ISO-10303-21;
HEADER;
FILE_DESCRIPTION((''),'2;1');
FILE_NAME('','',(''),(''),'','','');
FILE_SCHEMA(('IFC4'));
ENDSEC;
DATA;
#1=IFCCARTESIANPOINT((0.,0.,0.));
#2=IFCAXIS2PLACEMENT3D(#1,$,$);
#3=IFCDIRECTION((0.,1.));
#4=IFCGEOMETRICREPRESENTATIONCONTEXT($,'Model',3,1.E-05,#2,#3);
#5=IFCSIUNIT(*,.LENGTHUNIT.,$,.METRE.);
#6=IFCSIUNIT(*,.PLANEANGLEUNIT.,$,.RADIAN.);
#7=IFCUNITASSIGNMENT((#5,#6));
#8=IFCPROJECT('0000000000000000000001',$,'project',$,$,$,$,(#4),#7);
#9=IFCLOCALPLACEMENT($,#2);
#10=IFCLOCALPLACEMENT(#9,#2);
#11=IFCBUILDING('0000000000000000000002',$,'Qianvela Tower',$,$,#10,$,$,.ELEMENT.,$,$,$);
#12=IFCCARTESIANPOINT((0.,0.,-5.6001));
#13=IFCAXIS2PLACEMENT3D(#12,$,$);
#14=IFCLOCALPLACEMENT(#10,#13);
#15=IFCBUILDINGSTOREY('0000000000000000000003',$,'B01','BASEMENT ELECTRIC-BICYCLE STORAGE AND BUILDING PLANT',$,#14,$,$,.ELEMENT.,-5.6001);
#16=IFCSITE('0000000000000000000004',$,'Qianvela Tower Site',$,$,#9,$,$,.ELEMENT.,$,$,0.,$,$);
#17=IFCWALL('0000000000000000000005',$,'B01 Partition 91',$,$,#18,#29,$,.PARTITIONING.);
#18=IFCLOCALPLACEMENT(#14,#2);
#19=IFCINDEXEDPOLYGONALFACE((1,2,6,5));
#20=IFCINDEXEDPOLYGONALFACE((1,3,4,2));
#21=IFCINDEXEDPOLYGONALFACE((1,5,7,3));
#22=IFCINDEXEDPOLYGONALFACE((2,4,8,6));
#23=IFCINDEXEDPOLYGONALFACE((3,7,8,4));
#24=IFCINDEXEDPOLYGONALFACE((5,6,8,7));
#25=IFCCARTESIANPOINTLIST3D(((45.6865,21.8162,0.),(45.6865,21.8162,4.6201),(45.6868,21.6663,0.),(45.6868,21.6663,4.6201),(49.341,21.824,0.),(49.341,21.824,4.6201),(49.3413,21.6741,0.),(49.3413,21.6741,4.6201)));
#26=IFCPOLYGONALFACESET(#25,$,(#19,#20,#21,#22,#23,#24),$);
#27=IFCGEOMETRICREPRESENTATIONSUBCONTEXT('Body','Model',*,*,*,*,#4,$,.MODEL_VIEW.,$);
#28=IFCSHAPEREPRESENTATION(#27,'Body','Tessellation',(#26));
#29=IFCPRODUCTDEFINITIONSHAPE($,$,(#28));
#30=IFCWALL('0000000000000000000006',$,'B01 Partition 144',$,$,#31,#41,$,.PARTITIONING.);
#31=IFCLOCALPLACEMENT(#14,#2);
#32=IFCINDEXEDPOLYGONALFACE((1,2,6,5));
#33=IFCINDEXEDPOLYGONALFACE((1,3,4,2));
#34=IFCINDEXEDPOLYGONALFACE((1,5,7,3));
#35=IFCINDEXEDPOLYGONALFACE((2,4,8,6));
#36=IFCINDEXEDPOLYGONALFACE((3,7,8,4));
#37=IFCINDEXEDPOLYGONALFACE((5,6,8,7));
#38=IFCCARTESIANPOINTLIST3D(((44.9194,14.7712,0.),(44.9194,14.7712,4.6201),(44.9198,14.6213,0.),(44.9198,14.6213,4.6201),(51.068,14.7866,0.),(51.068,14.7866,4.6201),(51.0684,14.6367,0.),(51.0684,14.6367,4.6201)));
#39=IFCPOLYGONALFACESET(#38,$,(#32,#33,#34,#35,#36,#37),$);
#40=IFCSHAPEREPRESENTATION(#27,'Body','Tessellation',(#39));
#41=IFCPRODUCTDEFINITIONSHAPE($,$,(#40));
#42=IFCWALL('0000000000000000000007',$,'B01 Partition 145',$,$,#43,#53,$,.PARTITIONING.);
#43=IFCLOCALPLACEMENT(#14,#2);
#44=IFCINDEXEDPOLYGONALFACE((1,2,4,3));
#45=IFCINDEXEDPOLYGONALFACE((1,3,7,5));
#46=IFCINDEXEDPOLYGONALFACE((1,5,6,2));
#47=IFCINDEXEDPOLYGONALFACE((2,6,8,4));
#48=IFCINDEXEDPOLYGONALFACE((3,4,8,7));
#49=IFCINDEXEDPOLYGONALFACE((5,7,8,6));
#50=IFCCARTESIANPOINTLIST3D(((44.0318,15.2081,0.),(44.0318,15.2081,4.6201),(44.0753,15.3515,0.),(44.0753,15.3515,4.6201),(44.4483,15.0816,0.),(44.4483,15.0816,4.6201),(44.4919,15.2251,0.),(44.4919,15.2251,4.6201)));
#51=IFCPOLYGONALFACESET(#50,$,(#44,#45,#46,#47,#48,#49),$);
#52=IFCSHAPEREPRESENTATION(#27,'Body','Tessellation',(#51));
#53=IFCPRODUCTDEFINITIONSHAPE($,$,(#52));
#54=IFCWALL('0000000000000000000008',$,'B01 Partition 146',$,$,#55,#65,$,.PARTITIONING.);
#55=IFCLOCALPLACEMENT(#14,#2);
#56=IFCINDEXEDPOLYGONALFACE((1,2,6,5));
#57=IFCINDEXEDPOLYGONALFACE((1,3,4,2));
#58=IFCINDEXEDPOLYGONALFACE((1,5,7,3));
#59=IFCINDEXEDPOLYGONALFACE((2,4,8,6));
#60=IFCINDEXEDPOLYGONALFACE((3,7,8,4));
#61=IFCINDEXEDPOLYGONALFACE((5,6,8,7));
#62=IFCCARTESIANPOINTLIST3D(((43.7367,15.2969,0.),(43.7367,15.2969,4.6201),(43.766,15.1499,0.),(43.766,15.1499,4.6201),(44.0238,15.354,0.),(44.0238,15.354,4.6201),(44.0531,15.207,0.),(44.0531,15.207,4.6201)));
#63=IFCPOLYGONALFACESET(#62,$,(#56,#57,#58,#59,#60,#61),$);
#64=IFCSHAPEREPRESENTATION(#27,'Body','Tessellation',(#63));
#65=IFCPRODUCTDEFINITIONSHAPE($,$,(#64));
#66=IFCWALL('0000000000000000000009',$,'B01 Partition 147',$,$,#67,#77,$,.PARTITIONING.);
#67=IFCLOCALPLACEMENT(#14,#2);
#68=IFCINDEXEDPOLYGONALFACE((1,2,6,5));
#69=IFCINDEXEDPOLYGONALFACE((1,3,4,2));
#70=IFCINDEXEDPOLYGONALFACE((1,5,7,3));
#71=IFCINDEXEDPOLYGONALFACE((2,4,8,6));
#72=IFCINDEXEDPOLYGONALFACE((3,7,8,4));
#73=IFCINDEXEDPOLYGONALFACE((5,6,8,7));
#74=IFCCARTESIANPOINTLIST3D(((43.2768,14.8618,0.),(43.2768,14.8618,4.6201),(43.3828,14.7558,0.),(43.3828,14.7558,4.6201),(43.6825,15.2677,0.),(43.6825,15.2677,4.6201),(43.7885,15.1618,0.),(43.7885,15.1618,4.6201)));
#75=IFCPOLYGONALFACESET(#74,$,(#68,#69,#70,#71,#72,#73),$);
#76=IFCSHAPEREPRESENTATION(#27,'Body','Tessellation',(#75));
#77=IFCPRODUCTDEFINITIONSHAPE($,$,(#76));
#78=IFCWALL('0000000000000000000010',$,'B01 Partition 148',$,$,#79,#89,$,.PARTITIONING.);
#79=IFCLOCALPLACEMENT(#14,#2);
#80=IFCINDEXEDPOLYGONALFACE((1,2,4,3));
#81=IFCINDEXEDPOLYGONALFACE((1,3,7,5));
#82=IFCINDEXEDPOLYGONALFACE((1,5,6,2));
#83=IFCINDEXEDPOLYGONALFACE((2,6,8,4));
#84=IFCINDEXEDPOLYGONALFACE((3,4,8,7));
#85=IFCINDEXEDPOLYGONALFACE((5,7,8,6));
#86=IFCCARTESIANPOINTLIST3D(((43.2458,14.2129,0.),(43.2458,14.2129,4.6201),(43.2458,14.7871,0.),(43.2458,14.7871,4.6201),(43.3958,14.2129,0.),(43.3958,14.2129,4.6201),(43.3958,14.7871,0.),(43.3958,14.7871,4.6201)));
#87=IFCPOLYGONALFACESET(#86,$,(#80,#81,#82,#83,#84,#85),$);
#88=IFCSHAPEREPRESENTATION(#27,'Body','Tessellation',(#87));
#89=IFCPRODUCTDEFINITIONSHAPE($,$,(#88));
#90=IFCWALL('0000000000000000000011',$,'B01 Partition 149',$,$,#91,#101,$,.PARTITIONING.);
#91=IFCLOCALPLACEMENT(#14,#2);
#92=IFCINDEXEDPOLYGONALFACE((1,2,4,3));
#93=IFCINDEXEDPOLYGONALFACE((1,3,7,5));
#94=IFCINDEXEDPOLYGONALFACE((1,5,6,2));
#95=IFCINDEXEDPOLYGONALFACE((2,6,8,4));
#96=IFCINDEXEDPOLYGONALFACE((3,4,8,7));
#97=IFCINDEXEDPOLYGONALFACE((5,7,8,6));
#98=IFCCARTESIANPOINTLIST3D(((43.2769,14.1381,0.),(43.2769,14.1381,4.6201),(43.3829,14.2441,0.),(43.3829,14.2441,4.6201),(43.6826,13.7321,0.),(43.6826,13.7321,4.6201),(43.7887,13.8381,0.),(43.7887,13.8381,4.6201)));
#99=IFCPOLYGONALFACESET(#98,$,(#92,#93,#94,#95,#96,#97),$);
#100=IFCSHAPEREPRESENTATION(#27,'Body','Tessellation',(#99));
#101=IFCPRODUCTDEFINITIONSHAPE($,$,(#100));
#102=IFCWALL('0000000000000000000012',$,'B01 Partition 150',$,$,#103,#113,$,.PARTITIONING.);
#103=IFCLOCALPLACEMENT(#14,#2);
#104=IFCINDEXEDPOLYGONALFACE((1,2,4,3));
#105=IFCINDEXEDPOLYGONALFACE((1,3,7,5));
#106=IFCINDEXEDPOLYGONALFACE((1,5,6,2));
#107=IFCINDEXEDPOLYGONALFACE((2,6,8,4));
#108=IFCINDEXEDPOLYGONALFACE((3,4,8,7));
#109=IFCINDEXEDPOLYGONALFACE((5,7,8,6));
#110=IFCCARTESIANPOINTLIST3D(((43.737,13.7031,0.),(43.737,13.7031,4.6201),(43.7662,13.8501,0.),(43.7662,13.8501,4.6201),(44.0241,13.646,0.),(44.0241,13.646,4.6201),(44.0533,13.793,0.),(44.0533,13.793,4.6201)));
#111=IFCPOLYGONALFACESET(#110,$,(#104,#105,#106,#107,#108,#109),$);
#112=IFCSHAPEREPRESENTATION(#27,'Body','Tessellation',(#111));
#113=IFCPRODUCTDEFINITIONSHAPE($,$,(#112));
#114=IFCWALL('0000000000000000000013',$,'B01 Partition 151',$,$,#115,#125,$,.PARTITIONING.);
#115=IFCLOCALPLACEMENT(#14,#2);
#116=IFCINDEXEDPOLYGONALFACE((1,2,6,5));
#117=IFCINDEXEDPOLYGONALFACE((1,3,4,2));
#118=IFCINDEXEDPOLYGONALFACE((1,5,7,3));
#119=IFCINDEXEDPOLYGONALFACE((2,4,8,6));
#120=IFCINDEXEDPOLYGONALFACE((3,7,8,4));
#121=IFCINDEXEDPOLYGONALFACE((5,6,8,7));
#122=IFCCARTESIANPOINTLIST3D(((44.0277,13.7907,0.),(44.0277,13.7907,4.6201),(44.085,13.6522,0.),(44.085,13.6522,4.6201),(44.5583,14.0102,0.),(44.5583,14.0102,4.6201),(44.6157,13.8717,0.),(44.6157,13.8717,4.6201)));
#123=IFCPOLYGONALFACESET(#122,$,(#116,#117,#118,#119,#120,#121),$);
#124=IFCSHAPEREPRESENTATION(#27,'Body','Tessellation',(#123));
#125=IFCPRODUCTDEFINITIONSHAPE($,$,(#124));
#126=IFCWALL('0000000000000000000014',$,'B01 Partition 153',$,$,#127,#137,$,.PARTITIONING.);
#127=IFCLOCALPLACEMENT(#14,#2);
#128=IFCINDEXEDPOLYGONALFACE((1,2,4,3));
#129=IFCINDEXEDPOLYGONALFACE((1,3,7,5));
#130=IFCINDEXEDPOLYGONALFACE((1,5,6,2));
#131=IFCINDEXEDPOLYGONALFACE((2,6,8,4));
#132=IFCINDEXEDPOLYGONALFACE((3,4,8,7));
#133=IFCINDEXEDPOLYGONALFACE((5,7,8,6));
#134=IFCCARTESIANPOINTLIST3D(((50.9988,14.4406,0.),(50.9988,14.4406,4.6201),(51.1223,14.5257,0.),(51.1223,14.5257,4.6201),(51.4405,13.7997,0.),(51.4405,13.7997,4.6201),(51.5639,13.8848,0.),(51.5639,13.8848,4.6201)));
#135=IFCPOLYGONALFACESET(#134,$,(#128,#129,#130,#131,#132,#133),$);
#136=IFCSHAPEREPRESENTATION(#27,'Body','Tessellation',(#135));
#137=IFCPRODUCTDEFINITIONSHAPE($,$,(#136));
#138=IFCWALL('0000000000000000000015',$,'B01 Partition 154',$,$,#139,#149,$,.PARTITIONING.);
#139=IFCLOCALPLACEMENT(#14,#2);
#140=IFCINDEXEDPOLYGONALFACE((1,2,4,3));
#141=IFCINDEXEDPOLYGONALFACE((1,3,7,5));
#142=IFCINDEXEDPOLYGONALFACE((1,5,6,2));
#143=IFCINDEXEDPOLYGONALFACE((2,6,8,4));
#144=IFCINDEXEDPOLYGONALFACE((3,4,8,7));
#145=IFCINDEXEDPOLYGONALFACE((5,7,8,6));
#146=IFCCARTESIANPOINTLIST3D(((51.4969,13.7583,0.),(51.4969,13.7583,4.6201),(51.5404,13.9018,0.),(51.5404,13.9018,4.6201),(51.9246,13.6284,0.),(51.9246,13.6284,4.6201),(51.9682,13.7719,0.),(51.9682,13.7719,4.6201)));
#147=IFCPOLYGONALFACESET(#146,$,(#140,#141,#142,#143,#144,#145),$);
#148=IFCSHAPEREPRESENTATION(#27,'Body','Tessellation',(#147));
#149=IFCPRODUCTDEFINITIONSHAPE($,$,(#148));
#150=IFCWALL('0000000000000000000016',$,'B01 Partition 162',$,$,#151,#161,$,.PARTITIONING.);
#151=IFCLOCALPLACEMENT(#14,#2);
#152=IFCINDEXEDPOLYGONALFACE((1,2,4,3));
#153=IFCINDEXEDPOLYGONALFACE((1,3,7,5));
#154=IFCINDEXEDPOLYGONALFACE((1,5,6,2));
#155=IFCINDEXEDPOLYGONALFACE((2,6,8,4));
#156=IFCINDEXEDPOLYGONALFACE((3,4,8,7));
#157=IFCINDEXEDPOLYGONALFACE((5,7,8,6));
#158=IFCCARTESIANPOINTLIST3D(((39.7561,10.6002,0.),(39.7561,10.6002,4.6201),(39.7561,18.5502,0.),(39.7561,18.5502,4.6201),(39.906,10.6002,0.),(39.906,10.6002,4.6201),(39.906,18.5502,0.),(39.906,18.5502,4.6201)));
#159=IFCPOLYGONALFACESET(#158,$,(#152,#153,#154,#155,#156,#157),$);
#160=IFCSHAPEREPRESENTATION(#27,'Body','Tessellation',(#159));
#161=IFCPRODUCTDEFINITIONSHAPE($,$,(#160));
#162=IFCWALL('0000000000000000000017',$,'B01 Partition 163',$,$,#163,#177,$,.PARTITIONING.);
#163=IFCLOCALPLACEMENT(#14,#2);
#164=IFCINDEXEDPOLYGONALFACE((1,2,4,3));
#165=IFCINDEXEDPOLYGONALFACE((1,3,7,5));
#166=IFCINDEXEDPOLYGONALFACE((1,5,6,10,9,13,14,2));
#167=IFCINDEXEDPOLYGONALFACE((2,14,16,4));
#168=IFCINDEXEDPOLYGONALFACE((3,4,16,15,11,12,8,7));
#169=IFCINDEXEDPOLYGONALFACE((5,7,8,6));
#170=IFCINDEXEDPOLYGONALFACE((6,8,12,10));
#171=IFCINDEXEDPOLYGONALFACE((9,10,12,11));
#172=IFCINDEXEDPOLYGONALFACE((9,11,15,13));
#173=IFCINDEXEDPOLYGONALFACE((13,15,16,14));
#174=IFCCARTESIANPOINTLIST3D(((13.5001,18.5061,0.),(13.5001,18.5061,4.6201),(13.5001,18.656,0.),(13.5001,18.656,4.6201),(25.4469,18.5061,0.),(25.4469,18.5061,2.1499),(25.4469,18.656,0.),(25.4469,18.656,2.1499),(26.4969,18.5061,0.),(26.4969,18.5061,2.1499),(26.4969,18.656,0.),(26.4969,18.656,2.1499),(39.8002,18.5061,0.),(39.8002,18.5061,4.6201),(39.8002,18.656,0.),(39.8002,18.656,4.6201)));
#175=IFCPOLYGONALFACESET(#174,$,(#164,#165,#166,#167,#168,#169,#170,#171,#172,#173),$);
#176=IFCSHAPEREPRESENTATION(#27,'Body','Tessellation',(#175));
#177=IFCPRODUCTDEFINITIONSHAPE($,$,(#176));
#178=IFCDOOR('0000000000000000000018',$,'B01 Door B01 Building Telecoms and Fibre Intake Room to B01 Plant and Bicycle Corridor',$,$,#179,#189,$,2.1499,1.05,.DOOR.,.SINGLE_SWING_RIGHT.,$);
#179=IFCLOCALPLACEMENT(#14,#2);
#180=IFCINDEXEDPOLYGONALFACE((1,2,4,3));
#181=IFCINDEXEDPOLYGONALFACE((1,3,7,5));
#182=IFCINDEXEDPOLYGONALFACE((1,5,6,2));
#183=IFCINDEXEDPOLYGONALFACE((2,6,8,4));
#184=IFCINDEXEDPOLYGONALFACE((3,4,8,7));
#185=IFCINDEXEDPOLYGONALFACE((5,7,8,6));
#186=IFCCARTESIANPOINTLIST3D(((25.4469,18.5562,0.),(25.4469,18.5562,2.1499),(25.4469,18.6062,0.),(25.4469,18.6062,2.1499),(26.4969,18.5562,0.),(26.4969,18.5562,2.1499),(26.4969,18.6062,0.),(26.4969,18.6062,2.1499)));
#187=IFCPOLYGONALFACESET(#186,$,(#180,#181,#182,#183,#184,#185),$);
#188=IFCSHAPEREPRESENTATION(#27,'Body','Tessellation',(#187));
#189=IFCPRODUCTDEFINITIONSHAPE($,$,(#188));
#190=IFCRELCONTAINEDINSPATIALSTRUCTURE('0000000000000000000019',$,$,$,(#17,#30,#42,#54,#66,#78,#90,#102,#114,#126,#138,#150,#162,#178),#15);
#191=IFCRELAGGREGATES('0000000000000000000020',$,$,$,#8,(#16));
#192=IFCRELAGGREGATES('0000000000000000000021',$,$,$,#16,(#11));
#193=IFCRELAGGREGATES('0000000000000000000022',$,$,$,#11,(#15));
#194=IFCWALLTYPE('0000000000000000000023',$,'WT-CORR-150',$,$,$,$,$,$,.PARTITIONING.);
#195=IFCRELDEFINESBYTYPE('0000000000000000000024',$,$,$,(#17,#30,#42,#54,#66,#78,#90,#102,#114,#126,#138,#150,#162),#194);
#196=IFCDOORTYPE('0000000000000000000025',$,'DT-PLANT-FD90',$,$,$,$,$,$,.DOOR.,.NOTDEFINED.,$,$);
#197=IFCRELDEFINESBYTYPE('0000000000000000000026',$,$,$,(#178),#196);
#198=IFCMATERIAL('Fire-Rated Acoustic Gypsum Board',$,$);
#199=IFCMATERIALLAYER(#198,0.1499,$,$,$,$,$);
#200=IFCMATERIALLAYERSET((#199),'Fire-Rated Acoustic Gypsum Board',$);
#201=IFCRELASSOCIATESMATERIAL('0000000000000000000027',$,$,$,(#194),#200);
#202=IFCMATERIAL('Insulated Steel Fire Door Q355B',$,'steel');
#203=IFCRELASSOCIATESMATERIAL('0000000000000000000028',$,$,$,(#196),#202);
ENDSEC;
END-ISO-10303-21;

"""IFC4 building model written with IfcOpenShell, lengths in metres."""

from ifc_helpers import new_model, si_unit, direction, frame, frame_2d, origin, place, context, subcontext, project, spatial, rectangle, extrude, material, layer, layer_set, type_object, element, fill, save


model = new_model("IFC4")

# Units and contexts
model_context = context("Model", 3, precision=1e-05, world=origin(), true_north=direction((0.0, 1.0)))
body_context = subcontext(model_context, "Body", "Model", "MODEL_VIEW")
ifc_project = project(units=[si_unit("LENGTHUNIT", "METRE"), si_unit("PLANEANGLEUNIT", "RADIAN")], contexts=[model_context])

# Site, building, storey
site_placement = place(None, origin())
site = spatial("IfcSite", under=ifc_project, at=site_placement, Name="Qianvela Tower Site", CompositionType="ELEMENT", RefElevation=0.0)
building_placement = place(site_placement, origin())
building = spatial("IfcBuilding", under=site, at=building_placement, Name="Qianvela Tower", CompositionType="ELEMENT")
storey_placement = place(building_placement, frame((0.0, 0.0, -5.6001)))
storey = spatial("IfcBuildingStorey", under=building, at=storey_placement, Name="B01", Description="BASEMENT ELECTRIC-BICYCLE STORAGE AND BUILDING PLANT", CompositionType="ELEMENT", Elevation=-5.6001)

# Walls
ifc_material_1 = material(Name="Fire-Rated Acoustic Gypsum Board")
ifc_layer = layer(ifc_material_1, 0.1499)
ifc_layer_set = layer_set([ifc_layer], Name="Fire-Rated Acoustic Gypsum Board")
wall_type = type_object("IfcWallType", Name="WT-CORR-150", PredefinedType="PARTITIONING", material=ifc_layer_set)
wall_1_placement = place(storey_placement, frame((45.6868, 21.7412, 0.0), z_axis=(0.0, 0.0, 1.0), x_axis=(0.999998, 0.002138, 0.0)))
element("IfcWall", 1, at=wall_1_placement, inside=storey, type_object=wall_type, Name="B01 Partition 91", PredefinedType="PARTITIONING", context=body_context, shape_type="SweptSolid", body=[
    extrude(rectangle(XDim=3.6545, YDim=0.1499, at=frame_2d((1.8271, 0.0))), origin(), (0.0, 0.0, 1.0), 4.6201),
])
wall_2_placement = place(storey_placement, frame((51.0681, 14.7117, 0.0), z_axis=(0.0, 0.0, 1.0), x_axis=(-0.999997, -0.002501, 0.0)))
element("IfcWall", 2, at=wall_2_placement, inside=storey, type_object=wall_type, Name="B01 Partition 144", PredefinedType="PARTITIONING", context=body_context, shape_type="SweptSolid", body=[
    extrude(rectangle(XDim=6.1487, YDim=0.1499, at=frame_2d((3.0742, 0.0))), origin(), (0.0, 0.0, 1.0), 4.6201),
])
wall_3_placement = place(storey_placement, frame((44.4702, 15.1533, 0.0), z_axis=(0.0, 0.0, 1.0), x_axis=(-0.956864, 0.290537, 0.0)))
element("IfcWall", 3, at=wall_3_placement, inside=storey, type_object=wall_type, Name="B01 Partition 145", PredefinedType="PARTITIONING", context=body_context, shape_type="SweptSolid", body=[
    extrude(rectangle(XDim=0.4353, YDim=0.1499, at=frame_2d((0.2178, 0.0))), origin(), (0.0, 0.0, 1.0), 4.6201),
])
wall_4_placement = place(storey_placement, frame((44.0386, 15.2805, 0.0), z_axis=(0.0, 0.0, 1.0), x_axis=(-0.980773, -0.195154, 0.0)))
element("IfcWall", 4, at=wall_4_placement, inside=storey, type_object=wall_type, Name="B01 Partition 146", PredefinedType="PARTITIONING", context=body_context, shape_type="SweptSolid", body=[
    extrude(rectangle(XDim=0.2927, YDim=0.1499, at=frame_2d((0.1465, 0.0))), origin(), (0.0, 0.0, 1.0), 4.6201),
])
wall_5_placement = place(storey_placement, frame((43.7356, 15.2148, 0.0), z_axis=(0.0, 0.0, 1.0), x_axis=(-0.706894, -0.707319, 0.0)))
element("IfcWall", 5, at=wall_5_placement, inside=storey, type_object=wall_type, Name="B01 Partition 147", PredefinedType="PARTITIONING", context=body_context, shape_type="SweptSolid", body=[
    extrude(rectangle(XDim=0.574, YDim=0.1499, at=frame_2d((0.2871, 0.0))), origin(), (0.0, 0.0, 1.0), 4.6201),
])
wall_6_placement = place(storey_placement, frame((43.3208, 14.7871, 0.0), z_axis=(0.0, 0.0, 1.0), x_axis=(0.0, -1.0, 0.0)))
element("IfcWall", 6, at=wall_6_placement, inside=storey, type_object=wall_type, Name="B01 Partition 148", PredefinedType="PARTITIONING", context=body_context, shape_type="SweptSolid", body=[
    extrude(rectangle(XDim=0.5742, YDim=0.1499, at=frame_2d((0.2871, 0.0))), origin(), (0.0, 0.0, 1.0), 4.6201),
])
wall_7_placement = place(storey_placement, frame((43.3298, 14.1912, 0.0), z_axis=(0.0, 0.0, 1.0), x_axis=(0.706894, -0.707319, 0.0)))
element("IfcWall", 7, at=wall_7_placement, inside=storey, type_object=wall_type, Name="B01 Partition 149", PredefinedType="PARTITIONING", context=body_context, shape_type="SweptSolid", body=[
    extrude(rectangle(XDim=0.574, YDim=0.1499, at=frame_2d((0.2871, 0.0))), origin(), (0.0, 0.0, 1.0), 4.6201),
])
wall_8_placement = place(storey_placement, frame((43.7515, 13.7766, 0.0), z_axis=(0.0, 0.0, 1.0), x_axis=(0.980773, -0.195154, 0.0)))
element("IfcWall", 8, at=wall_8_placement, inside=storey, type_object=wall_type, Name="B01 Partition 150", PredefinedType="PARTITIONING", context=body_context, shape_type="SweptSolid", body=[
    extrude(rectangle(XDim=0.2927, YDim=0.1499, at=frame_2d((0.1465, 0.0))), origin(), (0.0, 0.0, 1.0), 4.6201),
])
wall_9_placement = place(storey_placement, frame((44.0564, 13.7214, 0.0), z_axis=(0.0, 0.0, 1.0), x_axis=(0.924043, 0.382289, 0.0)))
element("IfcWall", 9, at=wall_9_placement, inside=storey, type_object=wall_type, Name="B01 Partition 151", PredefinedType="PARTITIONING", context=body_context, shape_type="SweptSolid", body=[
    extrude(rectangle(XDim=0.5742, YDim=0.1499, at=frame_2d((0.2871, 0.0))), origin(), (0.0, 0.0, 1.0), 4.6201),
])
wall_10_placement = place(storey_placement, frame((51.0605, 14.4832, 0.0), z_axis=(0.0, 0.0, 1.0), x_axis=(0.567447, -0.82341, 0.0)))
element("IfcWall", 10, at=wall_10_placement, inside=storey, type_object=wall_type, Name="B01 Partition 153", PredefinedType="PARTITIONING", context=body_context, shape_type="SweptSolid", body=[
    extrude(rectangle(XDim=0.7783, YDim=0.1499, at=frame_2d((0.3892, 0.0))), origin(), (0.0, 0.0, 1.0), 4.6201),
])
wall_11_placement = place(storey_placement, frame((51.5186, 13.8301, 0.0), z_axis=(0.0, 0.0, 1.0), x_axis=(0.956859, -0.290553, 0.0)))
element("IfcWall", 11, at=wall_11_placement, inside=storey, type_object=wall_type, Name="B01 Partition 154", PredefinedType="PARTITIONING", context=body_context, shape_type="SweptSolid", body=[
    extrude(rectangle(XDim=0.447, YDim=0.1499, at=frame_2d((0.2236, 0.0))), origin(), (0.0, 0.0, 1.0), 4.6201),
])
wall_12_placement = place(storey_placement, frame((39.8311, 10.6001, 0.0), z_axis=(0.0, 0.0, 1.0), x_axis=(0.0, 1.0, 0.0)))
element("IfcWall", 12, at=wall_12_placement, inside=storey, type_object=wall_type, Name="B01 Partition 162", PredefinedType="PARTITIONING", context=body_context, shape_type="SweptSolid", body=[
    extrude(rectangle(XDim=7.95, YDim=0.1499, at=frame_2d((3.9751, 0.0))), origin(), (0.0, 0.0, 1.0), 4.6201),
])

# Wall, opening, door
wall_13_placement = place(storey_placement, frame((39.8, 18.5811, 0.0), z_axis=(0.0, 0.0, 1.0), x_axis=(-1.0, 0.0, 0.0)))
wall_13 = element("IfcWall", 13, at=wall_13_placement, inside=storey, type_object=wall_type, Name="B01 Partition 163", PredefinedType="PARTITIONING", context=body_context, shape_type="SweptSolid", body=[
    extrude(rectangle(XDim=26.3, YDim=0.1499, at=frame_2d((13.1499, 0.0))), origin(), (0.0, 0.0, 1.0), 4.6201),
])
opening_placement = place(wall_13_placement, frame((13.3032, 0.0, 0.0)))
opening = element("IfcOpeningElement", 14, at=opening_placement, cuts=wall_13, PredefinedType="OPENING", context=body_context, shape_type="SweptSolid", body=[
    extrude(rectangle(XDim=1.05, YDim=2.1499, at=frame_2d((0.5249, 1.075))), frame((0.0, 0.085, 0.0), z_axis=(0.0, -1.0, 0.0), x_axis=(1.0, 0.0, 0.0)), (0.0, 0.0, 1.0), 0.1699),
])
ifc_material_2 = material(Name="Insulated Steel Fire Door Q355B", Category="steel")
door_type = type_object("IfcDoorType", Name="DT-PLANT-FD90", OperationType="NOTDEFINED", PredefinedType="DOOR", material=ifc_material_2)
door_placement = place(opening_placement, origin())
door = element("IfcDoor", 15, at=door_placement, inside=storey, type_object=door_type, Name="B01 Door B01 Building Telecoms and Fibre Intake Room to B01 Plant and Bicycle Corridor", OperationType="SINGLE_SWING_RIGHT", OverallHeight=2.1499, OverallWidth=1.05, PredefinedType="DOOR", context=body_context, shape_type="SweptSolid", body=[
    extrude(rectangle(XDim=1.05, YDim=2.1499, at=frame_2d((0.5249, 1.075))), frame((0.0, 0.0249, 0.0), z_axis=(0.0, -1.0, 0.0), x_axis=(1.0, 0.0, 0.0)), (0.0, 0.0, 1.0), 0.05),
])
fill(opening, door)

save(model, "model.ifc")
